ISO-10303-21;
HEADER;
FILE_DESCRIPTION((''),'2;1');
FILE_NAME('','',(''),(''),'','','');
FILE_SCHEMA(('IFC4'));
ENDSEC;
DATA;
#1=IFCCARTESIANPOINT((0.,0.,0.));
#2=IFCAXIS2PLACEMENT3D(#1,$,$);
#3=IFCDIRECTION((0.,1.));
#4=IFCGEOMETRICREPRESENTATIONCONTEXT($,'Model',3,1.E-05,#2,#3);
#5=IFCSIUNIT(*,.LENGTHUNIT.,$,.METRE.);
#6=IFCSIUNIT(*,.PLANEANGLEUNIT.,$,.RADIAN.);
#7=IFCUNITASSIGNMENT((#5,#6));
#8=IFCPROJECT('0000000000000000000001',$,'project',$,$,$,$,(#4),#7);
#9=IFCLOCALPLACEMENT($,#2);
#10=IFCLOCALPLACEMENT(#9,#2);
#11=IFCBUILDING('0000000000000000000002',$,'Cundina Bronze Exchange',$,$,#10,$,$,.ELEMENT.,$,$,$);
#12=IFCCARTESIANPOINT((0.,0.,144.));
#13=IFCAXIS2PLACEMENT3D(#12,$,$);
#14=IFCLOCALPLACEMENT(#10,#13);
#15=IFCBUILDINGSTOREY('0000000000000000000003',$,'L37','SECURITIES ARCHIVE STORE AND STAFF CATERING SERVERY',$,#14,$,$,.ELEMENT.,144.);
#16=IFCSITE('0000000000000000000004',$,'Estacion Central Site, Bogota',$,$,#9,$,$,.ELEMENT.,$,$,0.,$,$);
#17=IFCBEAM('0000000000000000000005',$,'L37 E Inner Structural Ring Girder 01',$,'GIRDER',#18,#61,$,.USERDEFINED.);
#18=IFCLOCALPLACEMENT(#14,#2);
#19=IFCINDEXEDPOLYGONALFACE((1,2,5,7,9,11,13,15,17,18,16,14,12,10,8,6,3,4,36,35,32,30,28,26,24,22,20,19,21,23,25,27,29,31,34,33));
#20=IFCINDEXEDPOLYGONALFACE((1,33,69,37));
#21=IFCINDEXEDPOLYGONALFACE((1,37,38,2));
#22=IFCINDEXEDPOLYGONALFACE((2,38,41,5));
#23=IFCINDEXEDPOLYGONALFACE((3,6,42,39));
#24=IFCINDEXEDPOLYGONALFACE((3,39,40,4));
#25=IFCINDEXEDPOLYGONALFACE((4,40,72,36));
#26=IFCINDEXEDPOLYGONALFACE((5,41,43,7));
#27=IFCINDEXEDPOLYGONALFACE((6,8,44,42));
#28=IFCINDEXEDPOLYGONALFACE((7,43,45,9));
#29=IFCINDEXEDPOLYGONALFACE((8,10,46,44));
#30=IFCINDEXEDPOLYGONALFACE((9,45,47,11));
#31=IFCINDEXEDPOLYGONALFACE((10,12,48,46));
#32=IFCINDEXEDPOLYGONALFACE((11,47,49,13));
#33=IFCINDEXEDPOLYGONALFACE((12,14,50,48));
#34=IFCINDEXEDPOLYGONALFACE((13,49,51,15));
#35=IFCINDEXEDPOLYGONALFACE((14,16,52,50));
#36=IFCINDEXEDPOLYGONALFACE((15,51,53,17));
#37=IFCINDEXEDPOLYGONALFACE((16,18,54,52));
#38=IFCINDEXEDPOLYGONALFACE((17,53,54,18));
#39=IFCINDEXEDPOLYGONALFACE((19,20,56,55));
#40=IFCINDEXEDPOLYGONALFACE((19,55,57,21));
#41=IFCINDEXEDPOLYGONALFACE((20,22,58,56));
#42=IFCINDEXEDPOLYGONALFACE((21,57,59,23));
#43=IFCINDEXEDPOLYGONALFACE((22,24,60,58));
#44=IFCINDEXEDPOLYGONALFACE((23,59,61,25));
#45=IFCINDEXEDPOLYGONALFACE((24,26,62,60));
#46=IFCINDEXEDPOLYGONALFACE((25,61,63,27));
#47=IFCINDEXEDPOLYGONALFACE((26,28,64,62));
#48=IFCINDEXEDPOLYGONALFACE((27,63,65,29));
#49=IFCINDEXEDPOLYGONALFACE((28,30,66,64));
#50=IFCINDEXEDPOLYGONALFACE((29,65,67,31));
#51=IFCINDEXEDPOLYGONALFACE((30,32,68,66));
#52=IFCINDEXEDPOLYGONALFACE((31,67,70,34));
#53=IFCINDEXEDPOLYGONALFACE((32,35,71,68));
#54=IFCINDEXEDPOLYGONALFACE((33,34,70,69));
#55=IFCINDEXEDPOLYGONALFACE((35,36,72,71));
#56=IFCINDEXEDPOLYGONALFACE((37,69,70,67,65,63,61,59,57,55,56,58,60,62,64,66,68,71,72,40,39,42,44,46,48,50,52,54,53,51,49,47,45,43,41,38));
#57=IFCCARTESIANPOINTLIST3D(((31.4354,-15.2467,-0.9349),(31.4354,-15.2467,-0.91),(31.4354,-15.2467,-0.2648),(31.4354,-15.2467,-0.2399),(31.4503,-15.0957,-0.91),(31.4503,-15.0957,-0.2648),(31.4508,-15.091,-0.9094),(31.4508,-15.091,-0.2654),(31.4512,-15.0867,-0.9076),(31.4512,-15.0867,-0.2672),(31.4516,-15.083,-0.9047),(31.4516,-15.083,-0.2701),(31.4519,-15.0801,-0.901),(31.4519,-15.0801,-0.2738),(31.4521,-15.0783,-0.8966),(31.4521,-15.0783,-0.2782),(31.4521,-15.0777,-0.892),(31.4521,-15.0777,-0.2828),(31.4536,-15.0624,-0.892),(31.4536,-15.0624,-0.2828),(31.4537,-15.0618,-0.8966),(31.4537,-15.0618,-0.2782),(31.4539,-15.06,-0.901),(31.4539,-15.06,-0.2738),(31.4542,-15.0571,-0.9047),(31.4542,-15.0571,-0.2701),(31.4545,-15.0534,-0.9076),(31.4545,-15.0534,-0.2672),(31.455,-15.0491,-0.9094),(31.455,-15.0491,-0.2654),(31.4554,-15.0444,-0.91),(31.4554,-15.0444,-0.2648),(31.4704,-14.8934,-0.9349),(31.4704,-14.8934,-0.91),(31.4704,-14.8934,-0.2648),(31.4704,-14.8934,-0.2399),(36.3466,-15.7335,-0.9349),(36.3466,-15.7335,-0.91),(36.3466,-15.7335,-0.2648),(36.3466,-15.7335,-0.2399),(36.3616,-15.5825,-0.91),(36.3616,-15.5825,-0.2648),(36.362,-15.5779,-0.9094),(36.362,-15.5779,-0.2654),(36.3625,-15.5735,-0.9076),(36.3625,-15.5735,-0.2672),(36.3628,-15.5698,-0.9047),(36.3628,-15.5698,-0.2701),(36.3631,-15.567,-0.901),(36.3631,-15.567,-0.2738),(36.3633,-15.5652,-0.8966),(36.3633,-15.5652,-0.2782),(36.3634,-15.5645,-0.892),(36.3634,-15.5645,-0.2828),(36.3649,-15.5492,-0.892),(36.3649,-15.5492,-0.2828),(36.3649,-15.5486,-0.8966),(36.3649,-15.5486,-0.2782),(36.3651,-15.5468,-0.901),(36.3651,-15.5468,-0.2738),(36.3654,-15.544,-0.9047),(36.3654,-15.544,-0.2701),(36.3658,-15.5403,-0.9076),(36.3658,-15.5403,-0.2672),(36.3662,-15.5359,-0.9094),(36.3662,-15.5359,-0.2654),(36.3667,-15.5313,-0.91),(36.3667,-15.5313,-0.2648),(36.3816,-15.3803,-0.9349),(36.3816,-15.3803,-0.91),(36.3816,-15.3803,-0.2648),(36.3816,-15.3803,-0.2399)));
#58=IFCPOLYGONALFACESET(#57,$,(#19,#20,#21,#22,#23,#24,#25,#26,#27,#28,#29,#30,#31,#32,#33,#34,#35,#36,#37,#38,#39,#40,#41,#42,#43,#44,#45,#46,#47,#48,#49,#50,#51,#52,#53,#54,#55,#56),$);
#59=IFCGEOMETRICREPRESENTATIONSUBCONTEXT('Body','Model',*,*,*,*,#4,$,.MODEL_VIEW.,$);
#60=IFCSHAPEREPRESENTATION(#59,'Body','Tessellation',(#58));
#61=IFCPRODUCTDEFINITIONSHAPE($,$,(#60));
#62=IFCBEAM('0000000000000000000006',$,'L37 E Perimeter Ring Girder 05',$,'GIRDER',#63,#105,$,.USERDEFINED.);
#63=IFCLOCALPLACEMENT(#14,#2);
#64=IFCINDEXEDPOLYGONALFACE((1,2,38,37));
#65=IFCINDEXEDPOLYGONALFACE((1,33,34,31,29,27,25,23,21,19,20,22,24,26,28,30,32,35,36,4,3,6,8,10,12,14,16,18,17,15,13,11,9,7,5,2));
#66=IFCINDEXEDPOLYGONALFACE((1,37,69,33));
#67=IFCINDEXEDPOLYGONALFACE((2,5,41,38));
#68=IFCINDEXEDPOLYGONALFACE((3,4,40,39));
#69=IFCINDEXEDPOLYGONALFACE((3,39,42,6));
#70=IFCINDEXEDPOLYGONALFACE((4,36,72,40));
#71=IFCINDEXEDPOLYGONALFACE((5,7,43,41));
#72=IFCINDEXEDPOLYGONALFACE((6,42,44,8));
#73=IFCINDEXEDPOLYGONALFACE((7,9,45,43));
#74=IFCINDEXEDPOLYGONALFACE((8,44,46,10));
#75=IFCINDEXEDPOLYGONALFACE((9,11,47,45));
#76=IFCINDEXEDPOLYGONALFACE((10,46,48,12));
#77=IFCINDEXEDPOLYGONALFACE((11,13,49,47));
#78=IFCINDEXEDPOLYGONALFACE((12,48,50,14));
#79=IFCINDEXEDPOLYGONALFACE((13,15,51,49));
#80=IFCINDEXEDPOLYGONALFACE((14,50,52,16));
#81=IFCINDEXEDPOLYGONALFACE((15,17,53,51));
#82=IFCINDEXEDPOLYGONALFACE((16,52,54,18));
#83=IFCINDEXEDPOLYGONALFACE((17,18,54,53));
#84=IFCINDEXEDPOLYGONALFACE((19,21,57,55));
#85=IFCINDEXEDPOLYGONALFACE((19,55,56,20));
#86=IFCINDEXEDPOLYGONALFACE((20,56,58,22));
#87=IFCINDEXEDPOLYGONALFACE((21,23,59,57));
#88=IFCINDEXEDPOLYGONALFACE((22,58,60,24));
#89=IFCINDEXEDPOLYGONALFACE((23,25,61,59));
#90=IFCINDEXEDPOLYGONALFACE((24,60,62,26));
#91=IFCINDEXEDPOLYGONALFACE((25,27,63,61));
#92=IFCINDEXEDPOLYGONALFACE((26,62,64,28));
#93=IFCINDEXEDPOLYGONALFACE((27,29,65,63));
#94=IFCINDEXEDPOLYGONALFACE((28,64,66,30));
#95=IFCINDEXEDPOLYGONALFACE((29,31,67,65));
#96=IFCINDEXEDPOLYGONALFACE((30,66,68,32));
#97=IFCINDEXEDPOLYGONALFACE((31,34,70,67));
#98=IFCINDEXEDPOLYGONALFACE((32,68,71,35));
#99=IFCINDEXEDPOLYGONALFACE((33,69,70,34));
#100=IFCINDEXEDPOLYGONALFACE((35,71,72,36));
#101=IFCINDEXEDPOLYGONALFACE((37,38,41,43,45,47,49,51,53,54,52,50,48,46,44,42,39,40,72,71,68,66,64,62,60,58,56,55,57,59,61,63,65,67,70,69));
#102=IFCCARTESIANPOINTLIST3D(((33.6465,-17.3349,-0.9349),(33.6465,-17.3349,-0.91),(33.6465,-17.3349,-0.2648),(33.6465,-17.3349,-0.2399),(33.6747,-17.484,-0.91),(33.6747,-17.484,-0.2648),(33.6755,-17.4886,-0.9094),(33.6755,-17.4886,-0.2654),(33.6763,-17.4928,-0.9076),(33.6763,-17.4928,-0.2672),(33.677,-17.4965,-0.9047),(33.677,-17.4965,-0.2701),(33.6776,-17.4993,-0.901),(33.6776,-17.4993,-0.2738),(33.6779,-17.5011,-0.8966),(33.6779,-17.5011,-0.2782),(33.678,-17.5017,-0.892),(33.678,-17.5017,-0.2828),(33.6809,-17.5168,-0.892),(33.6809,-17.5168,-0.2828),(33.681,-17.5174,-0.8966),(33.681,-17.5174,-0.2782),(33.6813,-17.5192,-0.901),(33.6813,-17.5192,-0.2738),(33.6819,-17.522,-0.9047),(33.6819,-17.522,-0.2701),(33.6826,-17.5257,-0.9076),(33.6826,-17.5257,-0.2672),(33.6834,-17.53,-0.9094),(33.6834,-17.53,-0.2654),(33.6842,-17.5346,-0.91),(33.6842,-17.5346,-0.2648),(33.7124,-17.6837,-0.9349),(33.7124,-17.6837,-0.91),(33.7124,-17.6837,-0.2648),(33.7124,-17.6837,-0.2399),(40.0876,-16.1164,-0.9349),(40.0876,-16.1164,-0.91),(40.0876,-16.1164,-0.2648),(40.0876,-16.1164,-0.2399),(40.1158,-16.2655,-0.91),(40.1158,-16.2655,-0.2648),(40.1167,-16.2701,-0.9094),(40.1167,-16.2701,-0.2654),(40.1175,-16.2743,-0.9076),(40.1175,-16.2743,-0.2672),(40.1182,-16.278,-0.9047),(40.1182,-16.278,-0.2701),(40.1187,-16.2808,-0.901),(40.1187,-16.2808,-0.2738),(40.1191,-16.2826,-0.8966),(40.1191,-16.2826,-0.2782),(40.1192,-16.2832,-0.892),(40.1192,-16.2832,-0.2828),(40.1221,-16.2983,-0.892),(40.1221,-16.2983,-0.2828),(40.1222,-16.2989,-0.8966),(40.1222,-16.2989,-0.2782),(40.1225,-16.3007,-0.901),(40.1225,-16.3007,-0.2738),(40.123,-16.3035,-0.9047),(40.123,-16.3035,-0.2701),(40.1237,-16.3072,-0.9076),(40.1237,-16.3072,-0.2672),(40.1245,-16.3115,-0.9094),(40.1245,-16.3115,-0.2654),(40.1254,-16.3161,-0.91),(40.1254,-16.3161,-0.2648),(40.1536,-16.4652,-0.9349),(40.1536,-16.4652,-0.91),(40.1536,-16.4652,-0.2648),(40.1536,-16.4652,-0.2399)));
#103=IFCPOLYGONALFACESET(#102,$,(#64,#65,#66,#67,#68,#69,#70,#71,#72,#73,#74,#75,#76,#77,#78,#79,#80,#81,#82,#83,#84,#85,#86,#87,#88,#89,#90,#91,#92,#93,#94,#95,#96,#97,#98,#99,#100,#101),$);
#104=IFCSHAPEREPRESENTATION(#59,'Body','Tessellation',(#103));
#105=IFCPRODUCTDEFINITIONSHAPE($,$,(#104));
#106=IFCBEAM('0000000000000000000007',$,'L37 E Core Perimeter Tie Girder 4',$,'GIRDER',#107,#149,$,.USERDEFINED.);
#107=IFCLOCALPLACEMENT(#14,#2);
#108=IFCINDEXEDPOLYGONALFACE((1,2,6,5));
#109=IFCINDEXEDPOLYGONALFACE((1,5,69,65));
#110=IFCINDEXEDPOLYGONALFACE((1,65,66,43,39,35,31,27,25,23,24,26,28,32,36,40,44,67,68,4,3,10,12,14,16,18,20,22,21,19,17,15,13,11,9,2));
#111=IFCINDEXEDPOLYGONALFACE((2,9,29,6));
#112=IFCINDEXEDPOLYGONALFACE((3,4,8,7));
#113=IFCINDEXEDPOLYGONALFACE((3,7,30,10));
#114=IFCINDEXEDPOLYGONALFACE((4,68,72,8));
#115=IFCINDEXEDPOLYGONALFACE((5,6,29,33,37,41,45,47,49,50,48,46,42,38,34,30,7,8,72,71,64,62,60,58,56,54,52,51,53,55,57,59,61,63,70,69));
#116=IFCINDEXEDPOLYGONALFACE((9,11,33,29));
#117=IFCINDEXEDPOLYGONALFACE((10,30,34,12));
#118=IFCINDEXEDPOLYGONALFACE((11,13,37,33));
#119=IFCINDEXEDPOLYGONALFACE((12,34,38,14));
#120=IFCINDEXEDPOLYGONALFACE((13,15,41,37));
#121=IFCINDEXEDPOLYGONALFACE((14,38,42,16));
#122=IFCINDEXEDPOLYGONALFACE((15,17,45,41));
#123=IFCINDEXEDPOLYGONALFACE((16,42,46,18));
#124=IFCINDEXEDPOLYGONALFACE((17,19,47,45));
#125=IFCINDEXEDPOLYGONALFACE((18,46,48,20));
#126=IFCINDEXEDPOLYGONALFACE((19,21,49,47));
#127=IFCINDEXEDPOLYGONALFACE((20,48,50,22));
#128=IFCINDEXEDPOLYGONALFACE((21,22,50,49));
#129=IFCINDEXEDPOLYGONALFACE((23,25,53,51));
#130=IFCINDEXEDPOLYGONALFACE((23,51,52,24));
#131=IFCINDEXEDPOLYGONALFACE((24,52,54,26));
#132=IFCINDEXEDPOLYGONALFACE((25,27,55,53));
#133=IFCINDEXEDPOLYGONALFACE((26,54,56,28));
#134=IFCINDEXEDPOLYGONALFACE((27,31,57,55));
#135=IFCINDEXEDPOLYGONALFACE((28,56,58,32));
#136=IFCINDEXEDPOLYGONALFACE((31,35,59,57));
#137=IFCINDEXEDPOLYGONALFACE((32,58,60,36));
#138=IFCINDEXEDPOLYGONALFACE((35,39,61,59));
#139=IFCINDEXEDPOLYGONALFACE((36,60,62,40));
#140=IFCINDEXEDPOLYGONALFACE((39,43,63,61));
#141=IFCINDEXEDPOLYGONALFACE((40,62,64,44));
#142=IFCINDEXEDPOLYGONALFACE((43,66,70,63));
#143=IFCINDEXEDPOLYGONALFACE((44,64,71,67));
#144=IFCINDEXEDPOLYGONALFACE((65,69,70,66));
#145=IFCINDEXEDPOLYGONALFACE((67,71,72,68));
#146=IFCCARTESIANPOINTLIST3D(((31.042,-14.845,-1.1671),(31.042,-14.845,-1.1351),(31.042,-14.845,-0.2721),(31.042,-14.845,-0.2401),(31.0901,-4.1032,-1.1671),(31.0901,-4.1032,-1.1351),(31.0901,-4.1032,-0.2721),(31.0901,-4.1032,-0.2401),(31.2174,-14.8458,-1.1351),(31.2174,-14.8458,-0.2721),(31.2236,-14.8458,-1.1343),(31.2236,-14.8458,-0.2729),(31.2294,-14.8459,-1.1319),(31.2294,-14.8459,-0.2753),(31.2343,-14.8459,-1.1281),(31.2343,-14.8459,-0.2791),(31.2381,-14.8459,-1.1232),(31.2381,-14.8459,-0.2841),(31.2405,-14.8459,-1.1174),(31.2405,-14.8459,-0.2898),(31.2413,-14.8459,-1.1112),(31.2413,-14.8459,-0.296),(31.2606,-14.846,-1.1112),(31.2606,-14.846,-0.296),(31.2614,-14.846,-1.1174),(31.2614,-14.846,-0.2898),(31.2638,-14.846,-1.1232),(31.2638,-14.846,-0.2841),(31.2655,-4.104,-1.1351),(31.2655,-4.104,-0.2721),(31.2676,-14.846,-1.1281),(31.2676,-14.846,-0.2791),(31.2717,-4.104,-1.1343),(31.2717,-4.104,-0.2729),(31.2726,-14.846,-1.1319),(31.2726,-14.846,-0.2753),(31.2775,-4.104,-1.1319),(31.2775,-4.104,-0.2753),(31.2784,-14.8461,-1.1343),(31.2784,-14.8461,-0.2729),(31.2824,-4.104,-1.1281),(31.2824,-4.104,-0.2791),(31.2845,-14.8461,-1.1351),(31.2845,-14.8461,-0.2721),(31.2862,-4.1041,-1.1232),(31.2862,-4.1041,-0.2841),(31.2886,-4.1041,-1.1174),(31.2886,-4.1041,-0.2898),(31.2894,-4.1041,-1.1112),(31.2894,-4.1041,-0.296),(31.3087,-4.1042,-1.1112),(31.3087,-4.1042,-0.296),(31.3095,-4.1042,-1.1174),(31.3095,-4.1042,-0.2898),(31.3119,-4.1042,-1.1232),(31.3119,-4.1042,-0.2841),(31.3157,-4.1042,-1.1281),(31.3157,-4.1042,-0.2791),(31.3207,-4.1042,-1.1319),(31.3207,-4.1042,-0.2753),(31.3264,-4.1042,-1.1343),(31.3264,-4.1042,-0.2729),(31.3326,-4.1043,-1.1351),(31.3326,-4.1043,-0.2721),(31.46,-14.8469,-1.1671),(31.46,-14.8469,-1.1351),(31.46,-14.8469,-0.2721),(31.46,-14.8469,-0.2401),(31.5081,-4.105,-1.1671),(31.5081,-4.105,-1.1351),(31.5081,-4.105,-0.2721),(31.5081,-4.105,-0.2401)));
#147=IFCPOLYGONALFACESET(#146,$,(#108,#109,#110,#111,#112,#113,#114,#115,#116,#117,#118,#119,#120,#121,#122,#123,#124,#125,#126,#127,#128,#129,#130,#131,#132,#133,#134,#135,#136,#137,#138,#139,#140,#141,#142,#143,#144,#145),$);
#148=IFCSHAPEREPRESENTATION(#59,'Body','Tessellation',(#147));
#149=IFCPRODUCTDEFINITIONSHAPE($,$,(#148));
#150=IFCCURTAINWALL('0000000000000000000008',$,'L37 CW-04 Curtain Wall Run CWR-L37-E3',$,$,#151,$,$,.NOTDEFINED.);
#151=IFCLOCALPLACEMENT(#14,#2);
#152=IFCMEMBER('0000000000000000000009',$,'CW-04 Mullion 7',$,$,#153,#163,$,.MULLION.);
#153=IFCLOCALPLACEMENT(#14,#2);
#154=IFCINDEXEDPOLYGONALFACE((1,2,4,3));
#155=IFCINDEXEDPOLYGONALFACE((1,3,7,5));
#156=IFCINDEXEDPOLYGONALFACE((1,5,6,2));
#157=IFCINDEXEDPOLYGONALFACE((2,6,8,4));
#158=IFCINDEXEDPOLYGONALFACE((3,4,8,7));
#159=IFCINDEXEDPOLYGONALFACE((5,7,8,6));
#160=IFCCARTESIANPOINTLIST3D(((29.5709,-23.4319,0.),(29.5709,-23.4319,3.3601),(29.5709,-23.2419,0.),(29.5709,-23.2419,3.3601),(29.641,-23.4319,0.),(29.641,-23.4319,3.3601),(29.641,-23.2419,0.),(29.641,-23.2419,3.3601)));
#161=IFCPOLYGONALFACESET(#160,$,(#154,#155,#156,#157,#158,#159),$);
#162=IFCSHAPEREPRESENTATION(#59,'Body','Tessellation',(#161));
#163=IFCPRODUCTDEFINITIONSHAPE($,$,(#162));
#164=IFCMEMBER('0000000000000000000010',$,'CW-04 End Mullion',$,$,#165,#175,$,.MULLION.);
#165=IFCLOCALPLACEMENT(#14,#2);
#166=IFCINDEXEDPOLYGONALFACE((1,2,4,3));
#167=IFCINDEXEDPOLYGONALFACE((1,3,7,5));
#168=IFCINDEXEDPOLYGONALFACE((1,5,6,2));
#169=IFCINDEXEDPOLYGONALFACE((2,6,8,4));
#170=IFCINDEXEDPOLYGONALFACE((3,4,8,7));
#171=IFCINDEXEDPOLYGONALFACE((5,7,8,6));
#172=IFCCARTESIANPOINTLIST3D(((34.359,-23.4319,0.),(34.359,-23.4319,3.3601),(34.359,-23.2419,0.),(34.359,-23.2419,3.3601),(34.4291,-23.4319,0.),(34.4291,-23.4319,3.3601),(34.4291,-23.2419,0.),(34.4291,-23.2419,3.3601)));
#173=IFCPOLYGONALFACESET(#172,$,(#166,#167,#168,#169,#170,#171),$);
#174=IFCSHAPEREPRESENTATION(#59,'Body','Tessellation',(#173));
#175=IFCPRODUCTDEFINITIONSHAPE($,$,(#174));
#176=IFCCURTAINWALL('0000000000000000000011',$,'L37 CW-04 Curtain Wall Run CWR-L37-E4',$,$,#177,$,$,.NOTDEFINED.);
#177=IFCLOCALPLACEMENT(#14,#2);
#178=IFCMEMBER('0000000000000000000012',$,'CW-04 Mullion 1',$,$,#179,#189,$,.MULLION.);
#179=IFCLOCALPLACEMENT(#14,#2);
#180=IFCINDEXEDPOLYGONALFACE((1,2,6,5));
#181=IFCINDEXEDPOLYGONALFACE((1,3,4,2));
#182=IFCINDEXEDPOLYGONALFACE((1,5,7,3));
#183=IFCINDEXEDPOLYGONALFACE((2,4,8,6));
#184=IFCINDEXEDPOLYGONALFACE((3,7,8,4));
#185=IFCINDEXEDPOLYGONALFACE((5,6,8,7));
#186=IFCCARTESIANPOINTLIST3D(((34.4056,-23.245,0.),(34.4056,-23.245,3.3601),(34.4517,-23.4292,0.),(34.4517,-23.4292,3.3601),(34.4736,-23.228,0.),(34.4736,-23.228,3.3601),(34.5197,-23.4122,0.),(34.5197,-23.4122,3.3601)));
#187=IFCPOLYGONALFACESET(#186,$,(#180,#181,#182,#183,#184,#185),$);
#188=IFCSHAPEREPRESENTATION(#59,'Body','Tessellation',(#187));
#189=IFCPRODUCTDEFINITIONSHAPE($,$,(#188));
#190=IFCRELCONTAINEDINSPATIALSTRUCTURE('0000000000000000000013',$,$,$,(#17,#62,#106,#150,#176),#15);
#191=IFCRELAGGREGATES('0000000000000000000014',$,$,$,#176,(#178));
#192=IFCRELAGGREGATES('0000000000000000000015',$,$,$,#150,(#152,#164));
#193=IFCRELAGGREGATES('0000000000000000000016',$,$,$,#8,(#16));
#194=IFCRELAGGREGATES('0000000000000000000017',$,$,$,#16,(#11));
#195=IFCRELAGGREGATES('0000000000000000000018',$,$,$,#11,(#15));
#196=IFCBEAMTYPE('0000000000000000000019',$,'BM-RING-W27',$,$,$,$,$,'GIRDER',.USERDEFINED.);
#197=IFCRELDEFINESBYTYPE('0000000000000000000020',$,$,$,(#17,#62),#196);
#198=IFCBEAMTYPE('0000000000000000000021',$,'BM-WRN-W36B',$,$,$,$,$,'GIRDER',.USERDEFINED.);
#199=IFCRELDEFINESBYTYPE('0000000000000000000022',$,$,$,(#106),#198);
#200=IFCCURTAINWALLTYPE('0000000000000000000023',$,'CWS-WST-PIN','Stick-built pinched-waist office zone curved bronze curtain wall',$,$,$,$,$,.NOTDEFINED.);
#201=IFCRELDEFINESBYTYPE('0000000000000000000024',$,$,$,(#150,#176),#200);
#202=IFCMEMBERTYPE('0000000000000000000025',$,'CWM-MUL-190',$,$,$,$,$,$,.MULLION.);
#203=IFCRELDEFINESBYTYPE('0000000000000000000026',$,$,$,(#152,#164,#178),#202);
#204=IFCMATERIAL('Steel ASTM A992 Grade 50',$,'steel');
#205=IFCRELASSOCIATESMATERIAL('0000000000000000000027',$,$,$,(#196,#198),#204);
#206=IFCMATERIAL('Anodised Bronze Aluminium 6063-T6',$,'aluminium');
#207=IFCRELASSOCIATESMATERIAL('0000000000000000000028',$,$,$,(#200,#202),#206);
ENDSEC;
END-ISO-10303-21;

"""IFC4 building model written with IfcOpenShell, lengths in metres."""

from ifc_helpers import new_model, si_unit, direction, frame, origin, origin_2d, place, context, subcontext, project, spatial, rectangle, i_section, extrude, material, material_profile, profile_set, type_object, element, aggregate, save


model = new_model("IFC4")

# Units and contexts
model_context = context("Model", 3, precision=1e-05, world=origin(), true_north=direction((0.0, 1.0)))
body_context = subcontext(model_context, "Body", "Model", "MODEL_VIEW")
ifc_project = project(units=[si_unit("LENGTHUNIT", "METRE"), si_unit("PLANEANGLEUNIT", "RADIAN")], contexts=[model_context])

# Site, building, storey
site_placement = place(None, origin())
site = spatial("IfcSite", under=ifc_project, at=site_placement, Name="Estacion Central Site, Bogota", CompositionType="ELEMENT", RefElevation=0.0)
building_placement = place(site_placement, origin())
building = spatial("IfcBuilding", under=site, at=building_placement, Name="Cundina Bronze Exchange", CompositionType="ELEMENT")
storey_placement = place(building_placement, frame((0.0, 0.0, 144.0)))
storey = spatial("IfcBuildingStorey", under=building, at=storey_placement, Name="L37", Description="SECURITIES ARCHIVE STORE AND STAFF CATERING SERVERY", CompositionType="ELEMENT", Elevation=144.0)

# Shared definitions
ifc_material_1 = material(Name="Steel ASTM A992 Grade 50", Category="steel")

# Beams
ifc_material_profile_1 = material_profile(ifc_material_1, i_section(OverallWidth=0.355, OverallDepth=0.6951, WebThickness=0.0154, FlangeThickness=0.0249, FilletRadius=0.0181, at=origin_2d()), Name="W27X146", Category="steel")
ifc_profile_set_1 = profile_set([ifc_material_profile_1], Name="Steel ASTM A992 Grade 50")
beam_type_1 = type_object("IfcBeamType", Name="BM-RING-W27", ElementType="GIRDER", PredefinedType="USERDEFINED", material=ifc_profile_set_1)
beam_1_placement = place(storey_placement, frame((31.4529, -15.0701, -0.5874), z_axis=(0.995123, -0.098642, 0.0), x_axis=(0.098642, 0.995123, 0.0)))
element("IfcBeam", 1, at=beam_1_placement, inside=storey, type_object=beam_type_1, Name="L37 E Inner Structural Ring Girder 01", ObjectType="GIRDER", PredefinedType="USERDEFINED", context=body_context, shape_type="SweptSolid", body=[
    extrude(i_section(OverallWidth=0.355, OverallDepth=0.6951, WebThickness=0.0154, FlangeThickness=0.0249, FilletRadius=0.0181, at=origin_2d()), origin(), (0.0, 0.0, 1.0), 4.9353),
])
beam_2_placement = place(storey_placement, frame((33.6794, -17.5093, -0.5874), z_axis=(0.982573, 0.185878, 0.0), x_axis=(-0.185878, 0.982573, 0.0)))
element("IfcBeam", 2, at=beam_2_placement, inside=storey, type_object=beam_type_1, Name="L37 E Perimeter Ring Girder 05", ObjectType="GIRDER", PredefinedType="USERDEFINED", context=body_context, shape_type="SweptSolid", body=[
    extrude(i_section(OverallWidth=0.355, OverallDepth=0.6951, WebThickness=0.0154, FlangeThickness=0.0249, FilletRadius=0.0181, at=origin_2d()), origin(), (0.0, 0.0, 1.0), 6.5554),
])
ifc_material_profile_2 = material_profile(ifc_material_1, i_section(OverallWidth=0.418, OverallDepth=0.927, WebThickness=0.0193, FlangeThickness=0.032, FilletRadius=0.0239, at=origin_2d()), Name="W36X231", Category="steel")
ifc_profile_set_2 = profile_set([ifc_material_profile_2], Name="Steel ASTM A992 Grade 50")
beam_type_2 = type_object("IfcBeamType", Name="BM-WRN-W36B", ElementType="GIRDER", PredefinedType="USERDEFINED", material=ifc_profile_set_2)
beam_3_placement = place(storey_placement, frame((31.251, -14.8459, -0.7036), z_axis=(0.004477, 0.99999, 0.0), x_axis=(-0.99999, 0.004477, 0.0)))
element("IfcBeam", 3, at=beam_3_placement, inside=storey, type_object=beam_type_2, Name="L37 E Core Perimeter Tie Girder 4", ObjectType="GIRDER", PredefinedType="USERDEFINED", context=body_context, shape_type="SweptSolid", body=[
    extrude(i_section(OverallWidth=0.418, OverallDepth=0.927, WebThickness=0.0193, FlangeThickness=0.032, FilletRadius=0.0239, at=origin_2d()), origin(), (0.0, 0.0, 1.0), 10.7419),
])

# Curtain wall, members
ifc_material_2 = material(Name="Anodised Bronze Aluminium 6063-T6", Category="aluminium")
curtain_wall_type = type_object("IfcCurtainWallType", Name="CWS-WST-PIN", Description="Stick-built pinched-waist office zone curved bronze curtain wall", PredefinedType="NOTDEFINED", material=ifc_material_2)
curtain_wall_1_placement = place(storey_placement, origin())
curtain_wall_1 = element("IfcCurtainWall", 4, at=curtain_wall_1_placement, inside=storey, type_object=curtain_wall_type, Name="L37 CW-04 Curtain Wall Run CWR-L37-E3", PredefinedType="NOTDEFINED")
ifc_material_profile_3 = material_profile(ifc_material_2, rectangle(XDim=0.0701, YDim=0.1899, at=origin_2d()), Name="AL70X190", Category="aluminium")
ifc_profile_set_3 = profile_set([ifc_material_profile_3], Name="Anodised Bronze Aluminium 6063-T6")
member_type_1 = type_object("IfcMemberType", Name="CWM-MUL-190", PredefinedType="MULLION", material=ifc_profile_set_3)
member_1_placement = place(storey_placement, frame((29.606, -23.3369, 0.0), z_axis=(0.0, 0.0, 1.0), x_axis=(1.0, 0.0, 0.0)))
member_1 = element("IfcMember", 5, at=member_1_placement, type_object=member_type_1, Name="CW-04 Mullion 7", PredefinedType="MULLION", context=body_context, shape_type="SweptSolid", body=[
    extrude(rectangle(XDim=0.0701, YDim=0.1899, at=origin_2d()), origin(), (0.0, 0.0, 1.0), 3.3601),
])
member_2_placement = place(storey_placement, frame((34.394, -23.3369, 0.0), z_axis=(0.0, 0.0, 1.0), x_axis=(1.0, 0.0, 0.0)))
member_2 = element("IfcMember", 6, at=member_2_placement, type_object=member_type_1, Name="CW-04 End Mullion", PredefinedType="MULLION", context=body_context, shape_type="SweptSolid", body=[
    extrude(rectangle(XDim=0.0701, YDim=0.1899, at=origin_2d()), origin(), (0.0, 0.0, 1.0), 3.3601),
])

# Curtain wall, member
curtain_wall_2_placement = place(storey_placement, origin())
curtain_wall_2 = element("IfcCurtainWall", 7, at=curtain_wall_2_placement, inside=storey, type_object=curtain_wall_type, Name="L37 CW-04 Curtain Wall Run CWR-L37-E4", PredefinedType="NOTDEFINED")
member_3_placement = place(storey_placement, frame((34.4626, -23.3286, 0.0), z_axis=(0.0, 0.0, 1.0), x_axis=(0.970084, 0.242769, 0.0)))
member_3 = element("IfcMember", 8, at=member_3_placement, type_object=member_type_1, Name="CW-04 Mullion 1", PredefinedType="MULLION", context=body_context, shape_type="SweptSolid", body=[
    extrude(rectangle(XDim=0.0701, YDim=0.1899, at=origin_2d()), origin(), (0.0, 0.0, 1.0), 3.3601),
])

aggregate(curtain_wall_2, [member_3])

aggregate(curtain_wall_1, [member_1, member_2])

save(model, "model.ifc")
